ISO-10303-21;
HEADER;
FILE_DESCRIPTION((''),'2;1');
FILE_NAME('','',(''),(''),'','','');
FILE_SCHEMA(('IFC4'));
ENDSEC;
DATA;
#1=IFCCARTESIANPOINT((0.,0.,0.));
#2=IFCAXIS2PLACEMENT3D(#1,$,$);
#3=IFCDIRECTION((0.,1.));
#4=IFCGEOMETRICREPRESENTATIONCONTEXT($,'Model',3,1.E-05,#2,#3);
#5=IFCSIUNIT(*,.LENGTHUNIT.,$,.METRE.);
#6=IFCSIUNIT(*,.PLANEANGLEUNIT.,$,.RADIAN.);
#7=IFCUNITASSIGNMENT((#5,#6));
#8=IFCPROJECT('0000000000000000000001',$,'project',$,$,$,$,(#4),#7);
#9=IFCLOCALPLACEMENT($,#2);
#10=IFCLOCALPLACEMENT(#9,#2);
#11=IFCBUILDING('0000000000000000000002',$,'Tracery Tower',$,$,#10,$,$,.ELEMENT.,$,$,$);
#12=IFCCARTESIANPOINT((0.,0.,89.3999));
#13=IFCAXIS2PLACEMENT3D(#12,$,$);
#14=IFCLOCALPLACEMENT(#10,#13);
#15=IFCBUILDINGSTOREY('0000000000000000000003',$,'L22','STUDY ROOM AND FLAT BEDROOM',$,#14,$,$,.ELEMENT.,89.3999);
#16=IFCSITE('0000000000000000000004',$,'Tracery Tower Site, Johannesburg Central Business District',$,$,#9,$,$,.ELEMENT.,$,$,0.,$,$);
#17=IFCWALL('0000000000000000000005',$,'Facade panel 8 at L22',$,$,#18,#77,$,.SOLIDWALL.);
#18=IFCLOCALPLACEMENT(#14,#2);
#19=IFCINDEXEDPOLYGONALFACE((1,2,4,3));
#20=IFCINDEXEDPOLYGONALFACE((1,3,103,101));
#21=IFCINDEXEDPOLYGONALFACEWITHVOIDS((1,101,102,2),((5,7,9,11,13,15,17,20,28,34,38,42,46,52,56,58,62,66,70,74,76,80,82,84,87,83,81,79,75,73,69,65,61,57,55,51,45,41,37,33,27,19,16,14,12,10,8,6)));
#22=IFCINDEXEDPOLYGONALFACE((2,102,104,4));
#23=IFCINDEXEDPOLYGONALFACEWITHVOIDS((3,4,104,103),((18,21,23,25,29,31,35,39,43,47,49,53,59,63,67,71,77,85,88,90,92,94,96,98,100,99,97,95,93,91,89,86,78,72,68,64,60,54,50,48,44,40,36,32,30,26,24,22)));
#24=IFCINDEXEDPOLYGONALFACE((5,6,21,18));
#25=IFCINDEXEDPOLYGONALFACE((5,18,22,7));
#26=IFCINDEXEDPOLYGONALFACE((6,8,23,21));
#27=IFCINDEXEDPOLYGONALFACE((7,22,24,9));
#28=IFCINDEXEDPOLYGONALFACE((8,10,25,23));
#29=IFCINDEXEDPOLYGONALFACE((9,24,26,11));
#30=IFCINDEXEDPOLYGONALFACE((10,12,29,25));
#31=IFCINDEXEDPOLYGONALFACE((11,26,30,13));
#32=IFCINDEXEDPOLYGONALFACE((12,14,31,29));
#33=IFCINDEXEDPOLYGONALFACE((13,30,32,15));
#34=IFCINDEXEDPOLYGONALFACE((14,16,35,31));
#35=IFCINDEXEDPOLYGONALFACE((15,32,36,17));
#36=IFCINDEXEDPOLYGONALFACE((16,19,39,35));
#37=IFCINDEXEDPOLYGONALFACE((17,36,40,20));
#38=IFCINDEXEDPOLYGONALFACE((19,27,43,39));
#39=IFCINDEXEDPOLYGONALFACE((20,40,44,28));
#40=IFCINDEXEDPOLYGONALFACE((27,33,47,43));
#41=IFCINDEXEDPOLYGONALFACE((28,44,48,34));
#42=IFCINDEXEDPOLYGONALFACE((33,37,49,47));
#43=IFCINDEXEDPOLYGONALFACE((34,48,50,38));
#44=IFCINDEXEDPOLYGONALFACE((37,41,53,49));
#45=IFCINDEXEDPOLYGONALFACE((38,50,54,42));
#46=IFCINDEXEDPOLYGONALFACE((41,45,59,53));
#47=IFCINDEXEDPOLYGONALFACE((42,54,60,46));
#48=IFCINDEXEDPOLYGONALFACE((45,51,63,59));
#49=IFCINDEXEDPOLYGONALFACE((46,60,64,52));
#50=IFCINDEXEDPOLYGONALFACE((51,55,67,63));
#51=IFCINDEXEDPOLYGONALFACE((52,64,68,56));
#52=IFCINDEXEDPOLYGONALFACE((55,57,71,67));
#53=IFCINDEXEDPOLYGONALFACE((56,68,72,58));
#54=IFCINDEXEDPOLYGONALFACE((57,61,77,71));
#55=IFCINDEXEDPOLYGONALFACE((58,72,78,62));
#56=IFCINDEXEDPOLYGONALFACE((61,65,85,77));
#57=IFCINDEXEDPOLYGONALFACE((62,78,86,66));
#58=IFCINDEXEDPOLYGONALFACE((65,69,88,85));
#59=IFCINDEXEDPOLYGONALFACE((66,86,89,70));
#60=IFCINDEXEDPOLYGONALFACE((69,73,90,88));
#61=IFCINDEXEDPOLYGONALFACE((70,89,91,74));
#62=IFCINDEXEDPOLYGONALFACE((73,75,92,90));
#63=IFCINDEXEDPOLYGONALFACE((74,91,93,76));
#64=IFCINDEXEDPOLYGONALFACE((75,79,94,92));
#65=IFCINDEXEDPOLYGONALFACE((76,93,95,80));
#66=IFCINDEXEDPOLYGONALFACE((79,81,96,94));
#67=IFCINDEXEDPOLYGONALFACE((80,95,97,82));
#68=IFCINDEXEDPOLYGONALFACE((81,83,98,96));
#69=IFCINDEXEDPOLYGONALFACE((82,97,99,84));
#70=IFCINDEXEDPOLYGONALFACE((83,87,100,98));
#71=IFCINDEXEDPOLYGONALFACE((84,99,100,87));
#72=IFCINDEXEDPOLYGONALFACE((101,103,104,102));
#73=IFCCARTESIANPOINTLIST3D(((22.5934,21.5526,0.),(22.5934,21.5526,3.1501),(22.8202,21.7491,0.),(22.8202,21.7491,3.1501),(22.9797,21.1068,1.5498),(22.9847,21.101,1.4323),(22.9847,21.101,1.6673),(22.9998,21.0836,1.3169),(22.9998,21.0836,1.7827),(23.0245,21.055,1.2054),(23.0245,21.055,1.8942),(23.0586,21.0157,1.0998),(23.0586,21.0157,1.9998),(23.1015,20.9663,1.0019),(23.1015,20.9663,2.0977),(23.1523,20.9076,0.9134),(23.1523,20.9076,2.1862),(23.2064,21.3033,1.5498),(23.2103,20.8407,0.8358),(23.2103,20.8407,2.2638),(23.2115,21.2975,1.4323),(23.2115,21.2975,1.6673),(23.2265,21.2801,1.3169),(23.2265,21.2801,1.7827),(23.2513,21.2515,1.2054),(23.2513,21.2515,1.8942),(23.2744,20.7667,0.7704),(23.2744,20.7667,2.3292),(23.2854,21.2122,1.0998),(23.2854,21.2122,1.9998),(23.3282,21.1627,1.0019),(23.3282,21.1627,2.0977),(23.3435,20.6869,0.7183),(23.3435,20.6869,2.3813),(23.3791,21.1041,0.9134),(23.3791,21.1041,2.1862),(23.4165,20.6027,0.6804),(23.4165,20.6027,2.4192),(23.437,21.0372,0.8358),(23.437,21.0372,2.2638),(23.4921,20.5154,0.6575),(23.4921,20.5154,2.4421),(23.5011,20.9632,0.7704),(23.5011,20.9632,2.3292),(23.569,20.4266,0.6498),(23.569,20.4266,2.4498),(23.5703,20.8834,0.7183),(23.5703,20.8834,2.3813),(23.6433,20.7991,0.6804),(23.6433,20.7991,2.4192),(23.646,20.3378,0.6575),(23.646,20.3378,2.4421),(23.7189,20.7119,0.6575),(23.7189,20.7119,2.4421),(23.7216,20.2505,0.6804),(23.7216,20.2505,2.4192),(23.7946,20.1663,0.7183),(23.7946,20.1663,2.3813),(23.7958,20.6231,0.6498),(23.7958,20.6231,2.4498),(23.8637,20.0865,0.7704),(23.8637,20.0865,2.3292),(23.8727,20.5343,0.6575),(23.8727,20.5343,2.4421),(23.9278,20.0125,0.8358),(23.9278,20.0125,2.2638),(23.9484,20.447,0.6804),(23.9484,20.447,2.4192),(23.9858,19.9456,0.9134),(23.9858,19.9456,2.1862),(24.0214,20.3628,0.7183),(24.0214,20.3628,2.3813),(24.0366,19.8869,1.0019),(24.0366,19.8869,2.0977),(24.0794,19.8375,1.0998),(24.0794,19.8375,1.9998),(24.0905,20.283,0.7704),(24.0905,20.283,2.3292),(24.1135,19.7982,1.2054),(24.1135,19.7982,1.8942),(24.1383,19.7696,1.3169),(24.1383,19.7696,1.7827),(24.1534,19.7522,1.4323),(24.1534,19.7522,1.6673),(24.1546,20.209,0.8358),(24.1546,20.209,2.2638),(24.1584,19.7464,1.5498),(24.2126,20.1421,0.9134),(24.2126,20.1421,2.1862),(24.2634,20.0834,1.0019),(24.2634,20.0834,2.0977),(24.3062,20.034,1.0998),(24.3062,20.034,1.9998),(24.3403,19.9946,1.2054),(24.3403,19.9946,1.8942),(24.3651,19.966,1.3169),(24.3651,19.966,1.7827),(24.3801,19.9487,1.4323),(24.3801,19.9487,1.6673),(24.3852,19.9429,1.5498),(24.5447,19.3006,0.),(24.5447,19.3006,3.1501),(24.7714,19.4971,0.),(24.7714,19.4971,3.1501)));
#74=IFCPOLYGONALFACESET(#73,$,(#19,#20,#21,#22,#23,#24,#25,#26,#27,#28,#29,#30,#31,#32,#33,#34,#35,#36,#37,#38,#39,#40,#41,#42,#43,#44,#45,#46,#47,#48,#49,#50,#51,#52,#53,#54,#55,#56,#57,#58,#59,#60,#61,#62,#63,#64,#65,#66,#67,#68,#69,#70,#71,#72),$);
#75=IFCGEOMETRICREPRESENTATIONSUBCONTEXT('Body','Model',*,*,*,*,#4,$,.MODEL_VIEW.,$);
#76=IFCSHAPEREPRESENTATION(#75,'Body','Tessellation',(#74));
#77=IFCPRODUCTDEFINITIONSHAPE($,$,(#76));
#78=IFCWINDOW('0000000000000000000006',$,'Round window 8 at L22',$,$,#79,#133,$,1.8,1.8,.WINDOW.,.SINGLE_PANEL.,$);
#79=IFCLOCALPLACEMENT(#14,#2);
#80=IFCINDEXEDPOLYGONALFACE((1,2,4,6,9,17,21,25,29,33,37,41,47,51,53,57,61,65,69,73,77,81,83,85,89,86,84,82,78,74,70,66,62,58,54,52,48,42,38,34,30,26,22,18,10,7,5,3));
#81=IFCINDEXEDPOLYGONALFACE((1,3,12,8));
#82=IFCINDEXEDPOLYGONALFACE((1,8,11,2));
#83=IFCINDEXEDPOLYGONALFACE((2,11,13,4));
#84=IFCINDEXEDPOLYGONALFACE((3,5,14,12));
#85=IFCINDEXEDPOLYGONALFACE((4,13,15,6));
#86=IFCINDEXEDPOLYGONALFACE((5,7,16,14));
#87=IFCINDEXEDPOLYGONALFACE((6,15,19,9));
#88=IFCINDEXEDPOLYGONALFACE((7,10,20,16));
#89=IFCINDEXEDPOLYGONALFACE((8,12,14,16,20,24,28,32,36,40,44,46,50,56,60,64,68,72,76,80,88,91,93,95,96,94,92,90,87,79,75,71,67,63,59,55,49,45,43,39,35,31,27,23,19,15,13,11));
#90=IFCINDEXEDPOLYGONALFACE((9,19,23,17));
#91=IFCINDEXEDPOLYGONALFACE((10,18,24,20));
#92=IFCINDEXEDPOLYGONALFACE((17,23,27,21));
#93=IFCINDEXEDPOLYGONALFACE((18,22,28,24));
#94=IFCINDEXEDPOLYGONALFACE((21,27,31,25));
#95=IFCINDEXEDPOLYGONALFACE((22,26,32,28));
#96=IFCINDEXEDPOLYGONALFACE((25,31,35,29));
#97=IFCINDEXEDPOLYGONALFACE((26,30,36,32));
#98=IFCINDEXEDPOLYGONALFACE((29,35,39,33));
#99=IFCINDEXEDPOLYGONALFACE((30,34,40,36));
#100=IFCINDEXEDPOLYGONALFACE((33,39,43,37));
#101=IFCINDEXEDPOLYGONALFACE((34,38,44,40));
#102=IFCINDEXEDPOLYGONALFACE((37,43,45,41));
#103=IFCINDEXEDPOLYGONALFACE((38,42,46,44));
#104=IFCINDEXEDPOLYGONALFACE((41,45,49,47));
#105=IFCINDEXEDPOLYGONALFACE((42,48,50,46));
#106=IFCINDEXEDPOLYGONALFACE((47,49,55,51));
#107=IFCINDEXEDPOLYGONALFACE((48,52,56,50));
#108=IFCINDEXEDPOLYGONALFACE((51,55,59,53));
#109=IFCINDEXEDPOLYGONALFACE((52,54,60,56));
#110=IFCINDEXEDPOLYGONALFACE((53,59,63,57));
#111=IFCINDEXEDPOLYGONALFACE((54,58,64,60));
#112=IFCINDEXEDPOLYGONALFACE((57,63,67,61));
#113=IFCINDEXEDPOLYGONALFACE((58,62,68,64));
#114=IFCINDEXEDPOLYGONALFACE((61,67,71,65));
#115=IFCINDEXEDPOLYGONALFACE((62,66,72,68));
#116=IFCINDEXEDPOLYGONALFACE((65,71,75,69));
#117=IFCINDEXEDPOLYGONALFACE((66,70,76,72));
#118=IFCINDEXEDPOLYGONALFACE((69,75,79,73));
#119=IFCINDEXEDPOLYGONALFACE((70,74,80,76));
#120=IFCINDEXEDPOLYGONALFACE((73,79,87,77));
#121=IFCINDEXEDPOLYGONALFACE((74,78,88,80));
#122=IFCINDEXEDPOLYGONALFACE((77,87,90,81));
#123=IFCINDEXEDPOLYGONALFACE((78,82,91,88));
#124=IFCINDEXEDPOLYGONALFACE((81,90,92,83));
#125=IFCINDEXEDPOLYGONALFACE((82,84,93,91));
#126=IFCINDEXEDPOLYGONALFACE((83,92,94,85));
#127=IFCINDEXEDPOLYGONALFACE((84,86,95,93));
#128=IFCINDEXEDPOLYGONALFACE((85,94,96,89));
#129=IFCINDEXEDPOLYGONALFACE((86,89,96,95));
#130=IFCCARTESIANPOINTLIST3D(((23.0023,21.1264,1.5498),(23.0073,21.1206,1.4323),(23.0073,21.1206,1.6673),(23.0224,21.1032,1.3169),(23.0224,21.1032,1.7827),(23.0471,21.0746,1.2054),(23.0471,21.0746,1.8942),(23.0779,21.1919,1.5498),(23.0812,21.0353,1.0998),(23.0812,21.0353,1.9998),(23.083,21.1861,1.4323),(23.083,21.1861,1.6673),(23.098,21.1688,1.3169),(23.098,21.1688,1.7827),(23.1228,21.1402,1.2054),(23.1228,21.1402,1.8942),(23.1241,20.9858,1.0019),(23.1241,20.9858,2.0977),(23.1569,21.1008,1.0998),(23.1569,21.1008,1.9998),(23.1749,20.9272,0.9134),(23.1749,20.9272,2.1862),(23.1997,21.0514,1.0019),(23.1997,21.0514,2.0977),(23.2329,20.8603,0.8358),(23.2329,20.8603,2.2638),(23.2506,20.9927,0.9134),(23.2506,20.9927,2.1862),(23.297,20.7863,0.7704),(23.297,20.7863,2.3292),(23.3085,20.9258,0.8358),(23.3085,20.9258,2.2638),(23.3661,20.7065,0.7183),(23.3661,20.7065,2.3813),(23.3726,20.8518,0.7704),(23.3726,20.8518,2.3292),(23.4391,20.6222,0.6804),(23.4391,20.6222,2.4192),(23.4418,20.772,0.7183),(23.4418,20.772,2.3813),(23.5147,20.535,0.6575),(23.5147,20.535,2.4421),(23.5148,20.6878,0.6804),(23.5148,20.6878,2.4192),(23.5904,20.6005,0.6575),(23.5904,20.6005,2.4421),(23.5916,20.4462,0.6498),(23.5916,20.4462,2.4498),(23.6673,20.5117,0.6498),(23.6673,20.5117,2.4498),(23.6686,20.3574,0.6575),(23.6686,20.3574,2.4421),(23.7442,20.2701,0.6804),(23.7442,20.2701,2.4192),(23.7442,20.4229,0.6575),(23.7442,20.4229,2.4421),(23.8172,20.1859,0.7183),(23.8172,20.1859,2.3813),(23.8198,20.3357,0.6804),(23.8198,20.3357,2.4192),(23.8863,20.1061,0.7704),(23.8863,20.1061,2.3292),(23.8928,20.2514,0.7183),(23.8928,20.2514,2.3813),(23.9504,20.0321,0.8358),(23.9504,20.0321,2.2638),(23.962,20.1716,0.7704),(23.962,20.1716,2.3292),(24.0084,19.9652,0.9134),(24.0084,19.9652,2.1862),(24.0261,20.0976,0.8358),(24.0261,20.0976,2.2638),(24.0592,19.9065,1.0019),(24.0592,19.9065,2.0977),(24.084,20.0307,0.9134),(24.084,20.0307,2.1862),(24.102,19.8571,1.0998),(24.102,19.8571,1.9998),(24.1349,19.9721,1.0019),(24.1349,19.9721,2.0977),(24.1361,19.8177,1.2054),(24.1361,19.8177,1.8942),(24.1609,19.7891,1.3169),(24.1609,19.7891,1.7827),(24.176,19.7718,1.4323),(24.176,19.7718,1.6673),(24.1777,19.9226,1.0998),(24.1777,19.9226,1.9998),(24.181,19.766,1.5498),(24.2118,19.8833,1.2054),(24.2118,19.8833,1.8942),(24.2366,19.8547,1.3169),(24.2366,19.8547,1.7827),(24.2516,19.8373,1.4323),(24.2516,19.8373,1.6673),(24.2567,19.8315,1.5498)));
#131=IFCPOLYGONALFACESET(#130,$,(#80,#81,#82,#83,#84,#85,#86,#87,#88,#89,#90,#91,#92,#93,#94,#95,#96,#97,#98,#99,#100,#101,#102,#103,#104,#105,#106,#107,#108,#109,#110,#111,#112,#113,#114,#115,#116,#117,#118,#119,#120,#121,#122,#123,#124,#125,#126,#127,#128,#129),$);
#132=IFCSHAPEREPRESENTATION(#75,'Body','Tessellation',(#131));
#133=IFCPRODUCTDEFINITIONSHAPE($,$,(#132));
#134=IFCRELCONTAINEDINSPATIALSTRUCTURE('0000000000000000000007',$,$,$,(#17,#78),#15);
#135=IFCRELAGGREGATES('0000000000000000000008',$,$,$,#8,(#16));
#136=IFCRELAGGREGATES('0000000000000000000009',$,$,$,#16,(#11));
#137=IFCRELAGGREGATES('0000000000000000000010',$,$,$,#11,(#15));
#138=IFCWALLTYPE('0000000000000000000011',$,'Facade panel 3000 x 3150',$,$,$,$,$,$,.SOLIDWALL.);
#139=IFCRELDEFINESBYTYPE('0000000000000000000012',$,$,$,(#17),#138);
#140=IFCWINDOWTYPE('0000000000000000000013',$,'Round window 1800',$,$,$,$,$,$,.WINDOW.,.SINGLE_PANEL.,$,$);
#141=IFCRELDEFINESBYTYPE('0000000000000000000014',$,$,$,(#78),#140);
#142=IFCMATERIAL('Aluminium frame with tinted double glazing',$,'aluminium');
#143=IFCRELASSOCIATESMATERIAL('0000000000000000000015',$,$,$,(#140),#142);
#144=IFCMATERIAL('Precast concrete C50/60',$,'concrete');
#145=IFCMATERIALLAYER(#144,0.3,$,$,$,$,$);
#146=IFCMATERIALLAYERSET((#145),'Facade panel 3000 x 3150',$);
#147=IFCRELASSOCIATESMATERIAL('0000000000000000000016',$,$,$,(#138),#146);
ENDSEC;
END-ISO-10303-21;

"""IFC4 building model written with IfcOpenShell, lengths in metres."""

from ifc_helpers import new_model, si_unit, direction, frame, frame_2d, origin, origin_2d, place, context, subcontext, project, spatial, rectangle, circle, extrude, material, layer, layer_set, type_object, element, fill, save


model = new_model("IFC4")

# Units and contexts
model_context = context("Model", 3, precision=1e-05, world=origin(), true_north=direction((0.0, 1.0)))
body_context = subcontext(model_context, "Body", "Model", "MODEL_VIEW")
ifc_project = project(units=[si_unit("LENGTHUNIT", "METRE"), si_unit("PLANEANGLEUNIT", "RADIAN")], contexts=[model_context])

# Site, building, storey
site_placement = place(None, origin())
site = spatial("IfcSite", under=ifc_project, at=site_placement, Name="Tracery Tower Site, Johannesburg Central Business District", CompositionType="ELEMENT", RefElevation=0.0)
building_placement = place(site_placement, origin())
building = spatial("IfcBuilding", under=site, at=building_placement, Name="Tracery Tower", CompositionType="ELEMENT")
storey_placement = place(building_placement, frame((0.0, 0.0, 89.3999)))
storey = spatial("IfcBuildingStorey", under=building, at=storey_placement, Name="L22", Description="STUDY ROOM AND FLAT BEDROOM", CompositionType="ELEMENT", Elevation=89.3999)

# Wall, opening, window
ifc_material_1 = material(Name="Aluminium frame with tinted double glazing", Category="aluminium")
window_type = type_object("IfcWindowType", Name="Round window 1800", PartitioningType="SINGLE_PANEL", PredefinedType="WINDOW", material=ifc_material_1)
ifc_material_2 = material(Name="Precast concrete C50/60", Category="concrete")
ifc_layer_1 = layer(ifc_material_2, 0.3)
ifc_layer_set_1 = layer_set([ifc_layer_1], Name="Facade panel 3000 x 3150")
wall_type_1 = type_object("IfcWallType", Name="Facade panel 3000 x 3150", PredefinedType="SOLIDWALL", material=ifc_layer_set_1)
wall_1_placement = place(storey_placement, frame((24.658, 19.3989, 0.0), z_axis=(0.0, 0.0, 1.0), x_axis=(-0.654831, 0.755776, 0.0)))
wall_1 = element("IfcWall", 1, at=wall_1_placement, inside=storey, type_object=wall_type_1, Name="Facade panel 8 at L22", PredefinedType="SOLIDWALL", context=body_context, shape_type="SweptSolid", body=[
    extrude(rectangle(XDim=2.9797, YDim=0.3, at=frame_2d((1.4897, 0.0))), origin(), (0.0, 0.0, 1.0), 3.1501),
])
opening_1_placement = place(wall_1_placement, frame((1.4897, 0.0, 1.5498)))
opening_1 = element("IfcOpeningElement", 2, at=opening_1_placement, cuts=wall_1, PredefinedType="OPENING", context=body_context, shape_type="SweptSolid", body=[
    extrude(circle(Radius=0.9, at=origin_2d()), frame((0.0, 0.1599, 0.0), z_axis=(0.0, -1.0, 0.0), x_axis=(1.0, 0.0, 0.0)), (0.0, 0.0, 1.0), 0.3201),
])
window_1_placement = place(opening_1_placement, origin())
window_1 = element("IfcWindow", 3, at=window_1_placement, inside=storey, type_object=window_type, Name="Round window 8 at L22", OverallHeight=1.8, OverallWidth=1.8, PartitioningType="SINGLE_PANEL", PredefinedType="WINDOW", context=body_context, shape_type="SweptSolid", body=[
    extrude(circle(Radius=0.9, at=origin_2d()), frame((0.0, 0.1201, 0.0), z_axis=(0.0, -1.0, 0.0), x_axis=(1.0, 0.0, 0.0)), (0.0, 0.0, 1.0), 0.1001),
])
fill(opening_1, window_1)

save(model, "model.ifc")
